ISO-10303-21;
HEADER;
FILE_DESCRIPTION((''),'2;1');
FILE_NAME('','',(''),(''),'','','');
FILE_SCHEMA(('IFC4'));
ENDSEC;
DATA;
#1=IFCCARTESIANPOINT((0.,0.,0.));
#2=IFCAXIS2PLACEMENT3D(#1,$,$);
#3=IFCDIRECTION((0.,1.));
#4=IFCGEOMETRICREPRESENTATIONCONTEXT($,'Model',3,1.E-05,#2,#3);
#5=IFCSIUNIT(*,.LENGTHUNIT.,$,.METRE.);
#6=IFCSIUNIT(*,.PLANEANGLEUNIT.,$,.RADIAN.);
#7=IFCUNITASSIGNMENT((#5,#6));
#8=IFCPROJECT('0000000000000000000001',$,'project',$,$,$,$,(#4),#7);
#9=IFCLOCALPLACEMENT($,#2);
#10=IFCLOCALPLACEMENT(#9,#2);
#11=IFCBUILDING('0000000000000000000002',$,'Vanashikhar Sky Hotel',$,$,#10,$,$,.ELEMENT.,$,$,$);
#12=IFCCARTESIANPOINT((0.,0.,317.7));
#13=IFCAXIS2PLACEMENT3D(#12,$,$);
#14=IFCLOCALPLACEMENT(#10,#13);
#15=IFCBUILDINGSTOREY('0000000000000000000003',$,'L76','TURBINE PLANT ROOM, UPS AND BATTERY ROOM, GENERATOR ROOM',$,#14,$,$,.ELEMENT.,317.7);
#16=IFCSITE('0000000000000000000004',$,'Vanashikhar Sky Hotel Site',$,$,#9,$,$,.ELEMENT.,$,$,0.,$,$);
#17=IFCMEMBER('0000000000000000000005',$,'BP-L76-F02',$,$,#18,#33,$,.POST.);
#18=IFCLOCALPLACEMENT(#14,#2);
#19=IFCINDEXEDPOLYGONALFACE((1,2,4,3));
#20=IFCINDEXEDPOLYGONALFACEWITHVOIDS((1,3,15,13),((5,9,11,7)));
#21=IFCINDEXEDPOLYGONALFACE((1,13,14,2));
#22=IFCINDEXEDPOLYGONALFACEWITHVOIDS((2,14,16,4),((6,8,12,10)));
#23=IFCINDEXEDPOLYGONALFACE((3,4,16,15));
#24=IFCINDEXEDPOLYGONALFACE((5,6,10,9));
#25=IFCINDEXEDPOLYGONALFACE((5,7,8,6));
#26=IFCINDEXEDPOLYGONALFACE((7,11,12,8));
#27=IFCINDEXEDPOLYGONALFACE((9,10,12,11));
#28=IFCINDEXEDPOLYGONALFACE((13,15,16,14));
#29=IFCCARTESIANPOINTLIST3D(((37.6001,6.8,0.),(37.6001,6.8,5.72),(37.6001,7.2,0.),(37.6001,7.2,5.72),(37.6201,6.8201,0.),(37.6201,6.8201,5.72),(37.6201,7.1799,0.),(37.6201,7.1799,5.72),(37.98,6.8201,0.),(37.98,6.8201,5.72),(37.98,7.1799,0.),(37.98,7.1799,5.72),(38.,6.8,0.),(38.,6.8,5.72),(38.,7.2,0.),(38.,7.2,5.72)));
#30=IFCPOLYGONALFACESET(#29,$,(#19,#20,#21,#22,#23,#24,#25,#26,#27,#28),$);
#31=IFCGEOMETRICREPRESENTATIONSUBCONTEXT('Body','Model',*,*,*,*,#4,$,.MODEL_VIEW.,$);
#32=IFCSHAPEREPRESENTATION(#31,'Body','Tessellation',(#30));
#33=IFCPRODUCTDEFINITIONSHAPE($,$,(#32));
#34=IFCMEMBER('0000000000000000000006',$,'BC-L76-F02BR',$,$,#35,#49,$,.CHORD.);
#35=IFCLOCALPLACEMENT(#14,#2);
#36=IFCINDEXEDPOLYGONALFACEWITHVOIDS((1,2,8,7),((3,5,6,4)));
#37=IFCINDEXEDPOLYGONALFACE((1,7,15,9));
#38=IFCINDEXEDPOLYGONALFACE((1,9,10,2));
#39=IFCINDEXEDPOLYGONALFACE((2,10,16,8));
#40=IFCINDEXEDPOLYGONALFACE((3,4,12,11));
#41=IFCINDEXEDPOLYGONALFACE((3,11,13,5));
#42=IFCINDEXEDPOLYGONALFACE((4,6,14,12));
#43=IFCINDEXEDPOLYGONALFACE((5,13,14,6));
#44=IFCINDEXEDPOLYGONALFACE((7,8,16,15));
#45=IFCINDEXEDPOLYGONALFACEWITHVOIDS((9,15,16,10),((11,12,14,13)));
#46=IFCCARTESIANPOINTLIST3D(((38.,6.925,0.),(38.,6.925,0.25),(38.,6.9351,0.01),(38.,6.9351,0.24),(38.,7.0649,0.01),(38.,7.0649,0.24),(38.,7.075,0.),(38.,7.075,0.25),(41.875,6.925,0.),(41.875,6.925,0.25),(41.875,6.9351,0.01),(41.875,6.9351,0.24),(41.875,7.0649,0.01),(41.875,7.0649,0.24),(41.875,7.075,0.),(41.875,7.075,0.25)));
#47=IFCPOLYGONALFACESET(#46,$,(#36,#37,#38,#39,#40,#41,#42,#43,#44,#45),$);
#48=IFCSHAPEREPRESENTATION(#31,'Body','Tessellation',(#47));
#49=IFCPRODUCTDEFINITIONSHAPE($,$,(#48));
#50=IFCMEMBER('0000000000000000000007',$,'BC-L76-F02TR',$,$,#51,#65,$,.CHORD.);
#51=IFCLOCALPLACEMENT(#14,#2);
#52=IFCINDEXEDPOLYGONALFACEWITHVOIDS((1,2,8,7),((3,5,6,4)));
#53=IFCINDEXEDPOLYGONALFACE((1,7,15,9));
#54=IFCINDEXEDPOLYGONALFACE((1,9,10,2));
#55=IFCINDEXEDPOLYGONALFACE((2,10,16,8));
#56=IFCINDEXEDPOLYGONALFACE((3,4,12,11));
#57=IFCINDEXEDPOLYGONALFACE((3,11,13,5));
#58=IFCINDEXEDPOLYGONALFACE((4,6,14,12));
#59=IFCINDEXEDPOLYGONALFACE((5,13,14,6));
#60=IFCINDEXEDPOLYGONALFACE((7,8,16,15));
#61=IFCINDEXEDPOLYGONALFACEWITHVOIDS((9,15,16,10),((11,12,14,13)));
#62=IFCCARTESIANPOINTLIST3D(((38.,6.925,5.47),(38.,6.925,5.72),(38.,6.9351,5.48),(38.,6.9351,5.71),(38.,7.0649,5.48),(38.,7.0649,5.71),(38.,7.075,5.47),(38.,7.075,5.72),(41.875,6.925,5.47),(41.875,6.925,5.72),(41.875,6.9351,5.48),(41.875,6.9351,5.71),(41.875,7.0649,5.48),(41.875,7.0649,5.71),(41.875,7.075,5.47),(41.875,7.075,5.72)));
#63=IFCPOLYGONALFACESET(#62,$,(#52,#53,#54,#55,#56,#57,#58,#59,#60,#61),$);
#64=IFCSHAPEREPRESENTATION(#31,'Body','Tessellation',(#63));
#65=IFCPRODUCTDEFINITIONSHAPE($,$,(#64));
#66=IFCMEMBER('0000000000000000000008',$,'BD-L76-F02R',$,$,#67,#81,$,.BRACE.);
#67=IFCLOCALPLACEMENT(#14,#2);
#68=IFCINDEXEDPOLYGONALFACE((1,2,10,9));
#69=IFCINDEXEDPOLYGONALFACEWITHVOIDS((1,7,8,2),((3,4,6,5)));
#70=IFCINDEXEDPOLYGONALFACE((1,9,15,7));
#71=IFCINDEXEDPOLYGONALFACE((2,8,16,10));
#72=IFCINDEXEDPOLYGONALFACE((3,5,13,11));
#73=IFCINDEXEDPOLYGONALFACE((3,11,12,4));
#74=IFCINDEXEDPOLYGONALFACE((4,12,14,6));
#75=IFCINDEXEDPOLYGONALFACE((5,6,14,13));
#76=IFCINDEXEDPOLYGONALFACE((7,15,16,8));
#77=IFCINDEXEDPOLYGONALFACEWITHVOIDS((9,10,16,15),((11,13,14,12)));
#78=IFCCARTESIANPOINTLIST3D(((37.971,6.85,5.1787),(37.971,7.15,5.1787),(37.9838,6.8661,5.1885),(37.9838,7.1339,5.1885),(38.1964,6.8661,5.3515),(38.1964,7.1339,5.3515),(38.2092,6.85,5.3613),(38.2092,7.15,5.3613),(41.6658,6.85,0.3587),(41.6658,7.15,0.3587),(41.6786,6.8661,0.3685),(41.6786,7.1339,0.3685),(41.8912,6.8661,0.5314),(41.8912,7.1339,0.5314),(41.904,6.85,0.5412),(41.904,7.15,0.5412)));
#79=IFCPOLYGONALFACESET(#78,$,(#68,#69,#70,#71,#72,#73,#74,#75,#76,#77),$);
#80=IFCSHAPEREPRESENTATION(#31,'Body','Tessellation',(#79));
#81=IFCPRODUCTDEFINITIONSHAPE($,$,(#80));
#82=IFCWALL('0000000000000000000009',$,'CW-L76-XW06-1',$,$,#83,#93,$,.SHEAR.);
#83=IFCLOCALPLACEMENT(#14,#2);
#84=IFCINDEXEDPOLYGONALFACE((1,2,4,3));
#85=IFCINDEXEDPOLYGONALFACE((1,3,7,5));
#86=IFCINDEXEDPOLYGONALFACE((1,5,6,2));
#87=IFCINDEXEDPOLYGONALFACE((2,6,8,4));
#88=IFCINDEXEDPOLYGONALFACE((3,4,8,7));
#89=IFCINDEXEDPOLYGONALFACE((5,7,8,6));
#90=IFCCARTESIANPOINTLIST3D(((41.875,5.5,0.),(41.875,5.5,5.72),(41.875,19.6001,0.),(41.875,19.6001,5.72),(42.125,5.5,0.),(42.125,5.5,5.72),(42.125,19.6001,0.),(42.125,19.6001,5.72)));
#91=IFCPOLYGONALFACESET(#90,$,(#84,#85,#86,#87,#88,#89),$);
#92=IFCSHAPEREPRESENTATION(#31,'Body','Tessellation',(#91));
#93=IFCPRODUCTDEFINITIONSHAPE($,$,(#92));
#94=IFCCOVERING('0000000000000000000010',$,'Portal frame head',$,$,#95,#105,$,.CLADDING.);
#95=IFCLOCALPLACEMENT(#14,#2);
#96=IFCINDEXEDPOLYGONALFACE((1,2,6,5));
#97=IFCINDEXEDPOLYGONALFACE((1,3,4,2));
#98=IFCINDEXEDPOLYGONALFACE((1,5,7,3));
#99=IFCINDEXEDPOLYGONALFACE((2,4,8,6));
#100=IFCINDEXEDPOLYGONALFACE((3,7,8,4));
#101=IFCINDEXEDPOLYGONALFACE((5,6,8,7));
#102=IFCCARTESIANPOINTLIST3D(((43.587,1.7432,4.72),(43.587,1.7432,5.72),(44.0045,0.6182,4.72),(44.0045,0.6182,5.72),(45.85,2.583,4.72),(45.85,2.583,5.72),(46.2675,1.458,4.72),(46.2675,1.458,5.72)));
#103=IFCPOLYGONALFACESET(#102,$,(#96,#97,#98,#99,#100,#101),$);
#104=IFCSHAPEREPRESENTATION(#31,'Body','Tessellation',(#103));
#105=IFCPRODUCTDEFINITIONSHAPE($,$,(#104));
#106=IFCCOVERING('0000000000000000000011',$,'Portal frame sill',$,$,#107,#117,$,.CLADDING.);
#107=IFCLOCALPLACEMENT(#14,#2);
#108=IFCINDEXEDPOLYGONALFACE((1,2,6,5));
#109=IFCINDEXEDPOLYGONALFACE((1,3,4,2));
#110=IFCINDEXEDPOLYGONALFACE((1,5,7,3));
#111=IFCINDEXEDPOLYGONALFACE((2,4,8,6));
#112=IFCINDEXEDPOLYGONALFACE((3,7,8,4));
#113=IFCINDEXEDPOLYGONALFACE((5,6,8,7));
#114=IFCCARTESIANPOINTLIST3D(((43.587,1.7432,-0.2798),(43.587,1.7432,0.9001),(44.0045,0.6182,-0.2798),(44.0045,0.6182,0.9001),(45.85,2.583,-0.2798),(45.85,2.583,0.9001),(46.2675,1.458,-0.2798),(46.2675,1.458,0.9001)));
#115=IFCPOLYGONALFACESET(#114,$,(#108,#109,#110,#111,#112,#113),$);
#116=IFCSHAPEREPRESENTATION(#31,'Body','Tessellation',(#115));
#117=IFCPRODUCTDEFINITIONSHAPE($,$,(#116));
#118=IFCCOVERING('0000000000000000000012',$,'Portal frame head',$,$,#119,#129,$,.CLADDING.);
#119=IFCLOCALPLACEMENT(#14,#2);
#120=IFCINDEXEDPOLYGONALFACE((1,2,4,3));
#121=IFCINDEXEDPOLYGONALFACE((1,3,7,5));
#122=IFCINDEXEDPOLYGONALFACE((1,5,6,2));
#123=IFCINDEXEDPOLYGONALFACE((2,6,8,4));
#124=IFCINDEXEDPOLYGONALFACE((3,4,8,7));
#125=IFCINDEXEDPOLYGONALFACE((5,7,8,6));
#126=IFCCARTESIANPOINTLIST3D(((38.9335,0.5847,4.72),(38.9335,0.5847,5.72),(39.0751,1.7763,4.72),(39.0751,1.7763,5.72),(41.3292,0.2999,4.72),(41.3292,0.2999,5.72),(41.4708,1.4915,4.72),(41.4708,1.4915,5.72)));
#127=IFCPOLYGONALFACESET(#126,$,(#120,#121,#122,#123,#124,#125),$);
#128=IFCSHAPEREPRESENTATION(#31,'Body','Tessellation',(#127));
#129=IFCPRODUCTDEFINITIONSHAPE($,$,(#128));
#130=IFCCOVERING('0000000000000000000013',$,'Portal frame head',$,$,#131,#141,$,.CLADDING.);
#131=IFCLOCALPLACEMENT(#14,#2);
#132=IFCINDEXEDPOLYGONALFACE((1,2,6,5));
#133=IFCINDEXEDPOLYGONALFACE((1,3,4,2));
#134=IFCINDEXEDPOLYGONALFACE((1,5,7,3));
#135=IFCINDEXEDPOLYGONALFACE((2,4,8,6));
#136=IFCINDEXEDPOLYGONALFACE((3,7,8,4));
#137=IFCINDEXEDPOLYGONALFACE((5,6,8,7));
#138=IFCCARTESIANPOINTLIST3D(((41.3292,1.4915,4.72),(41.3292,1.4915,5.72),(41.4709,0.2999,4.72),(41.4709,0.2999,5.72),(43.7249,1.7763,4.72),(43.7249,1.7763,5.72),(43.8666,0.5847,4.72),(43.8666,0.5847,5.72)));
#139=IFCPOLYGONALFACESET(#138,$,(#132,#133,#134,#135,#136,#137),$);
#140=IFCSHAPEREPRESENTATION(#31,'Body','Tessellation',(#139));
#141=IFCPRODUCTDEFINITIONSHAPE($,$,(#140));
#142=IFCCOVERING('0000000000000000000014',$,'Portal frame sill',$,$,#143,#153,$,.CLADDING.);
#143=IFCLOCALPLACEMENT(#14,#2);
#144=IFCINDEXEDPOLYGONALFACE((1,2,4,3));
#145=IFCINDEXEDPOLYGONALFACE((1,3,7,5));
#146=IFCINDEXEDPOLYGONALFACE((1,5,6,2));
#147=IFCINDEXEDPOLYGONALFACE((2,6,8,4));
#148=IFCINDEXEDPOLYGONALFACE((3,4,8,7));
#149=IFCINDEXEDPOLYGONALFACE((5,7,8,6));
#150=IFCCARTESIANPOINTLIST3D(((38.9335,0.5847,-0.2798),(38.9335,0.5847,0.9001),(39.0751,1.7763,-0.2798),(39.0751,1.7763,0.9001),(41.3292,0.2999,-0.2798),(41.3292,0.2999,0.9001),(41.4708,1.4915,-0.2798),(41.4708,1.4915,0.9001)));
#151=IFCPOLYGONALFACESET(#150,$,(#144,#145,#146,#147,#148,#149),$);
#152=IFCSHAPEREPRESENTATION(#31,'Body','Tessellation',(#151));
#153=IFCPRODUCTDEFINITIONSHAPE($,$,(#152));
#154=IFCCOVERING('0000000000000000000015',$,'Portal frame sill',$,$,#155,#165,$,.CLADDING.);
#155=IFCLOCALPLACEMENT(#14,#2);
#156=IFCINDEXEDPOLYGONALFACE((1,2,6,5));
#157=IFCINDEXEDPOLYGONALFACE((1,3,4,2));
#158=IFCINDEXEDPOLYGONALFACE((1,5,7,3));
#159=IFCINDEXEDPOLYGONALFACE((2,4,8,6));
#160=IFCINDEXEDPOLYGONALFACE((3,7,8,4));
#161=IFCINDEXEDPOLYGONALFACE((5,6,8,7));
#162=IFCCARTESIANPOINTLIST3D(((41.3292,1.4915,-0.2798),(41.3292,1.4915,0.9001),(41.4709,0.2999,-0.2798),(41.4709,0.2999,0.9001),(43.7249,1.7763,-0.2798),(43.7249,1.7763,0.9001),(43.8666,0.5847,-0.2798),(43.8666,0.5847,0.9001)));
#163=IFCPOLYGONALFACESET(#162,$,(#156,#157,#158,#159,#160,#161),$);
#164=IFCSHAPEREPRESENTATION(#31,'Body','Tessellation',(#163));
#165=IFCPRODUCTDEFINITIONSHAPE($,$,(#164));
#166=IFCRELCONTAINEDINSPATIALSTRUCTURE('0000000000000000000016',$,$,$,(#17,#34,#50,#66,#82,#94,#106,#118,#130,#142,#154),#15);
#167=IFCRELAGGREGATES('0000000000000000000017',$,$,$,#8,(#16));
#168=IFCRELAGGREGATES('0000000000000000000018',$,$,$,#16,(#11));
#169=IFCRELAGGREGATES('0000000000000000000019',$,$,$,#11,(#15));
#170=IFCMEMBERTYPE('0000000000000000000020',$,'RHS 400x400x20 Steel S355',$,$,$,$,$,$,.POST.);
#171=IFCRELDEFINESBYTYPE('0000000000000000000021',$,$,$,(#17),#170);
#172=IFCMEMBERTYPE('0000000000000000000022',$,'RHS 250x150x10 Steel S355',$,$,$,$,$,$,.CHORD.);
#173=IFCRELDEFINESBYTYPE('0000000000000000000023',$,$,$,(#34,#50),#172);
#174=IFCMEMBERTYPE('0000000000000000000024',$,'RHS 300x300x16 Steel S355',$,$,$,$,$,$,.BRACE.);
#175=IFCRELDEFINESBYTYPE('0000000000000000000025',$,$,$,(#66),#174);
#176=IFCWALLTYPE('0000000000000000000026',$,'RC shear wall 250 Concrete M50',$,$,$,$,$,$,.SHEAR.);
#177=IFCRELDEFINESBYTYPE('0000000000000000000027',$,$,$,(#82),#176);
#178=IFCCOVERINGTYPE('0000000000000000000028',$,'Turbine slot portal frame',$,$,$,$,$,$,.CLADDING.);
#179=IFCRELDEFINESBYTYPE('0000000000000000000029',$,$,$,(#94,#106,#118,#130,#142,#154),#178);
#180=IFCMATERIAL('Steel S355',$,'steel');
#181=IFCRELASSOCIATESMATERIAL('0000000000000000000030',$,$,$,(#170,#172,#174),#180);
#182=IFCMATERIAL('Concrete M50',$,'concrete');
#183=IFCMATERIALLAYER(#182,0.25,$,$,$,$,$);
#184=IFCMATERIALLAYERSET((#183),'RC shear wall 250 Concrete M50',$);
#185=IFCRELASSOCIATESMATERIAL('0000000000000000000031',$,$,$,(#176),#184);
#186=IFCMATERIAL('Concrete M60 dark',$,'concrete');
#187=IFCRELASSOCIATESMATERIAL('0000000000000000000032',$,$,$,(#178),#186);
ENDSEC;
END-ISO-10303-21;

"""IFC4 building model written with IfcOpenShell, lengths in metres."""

from ifc_helpers import new_model, si_unit, direction, frame, frame_2d, origin, origin_2d, place, context, subcontext, project, spatial, rectangle, hollow_rectangle, extrude, source, transform, mapped, material, layer, layer_set, material_profile, profile_set, type_object, element, save


model = new_model("IFC4")

# Units and contexts
model_context = context("Model", 3, precision=1e-05, world=origin(), true_north=direction((0.0, 1.0)))
body_context = subcontext(model_context, "Body", "Model", "MODEL_VIEW")
ifc_project = project(units=[si_unit("LENGTHUNIT", "METRE"), si_unit("PLANEANGLEUNIT", "RADIAN")], contexts=[model_context])

# Site, building, storey
site_placement = place(None, origin())
site = spatial("IfcSite", under=ifc_project, at=site_placement, Name="Vanashikhar Sky Hotel Site", CompositionType="ELEMENT", RefElevation=0.0)
building_placement = place(site_placement, origin())
building = spatial("IfcBuilding", under=site, at=building_placement, Name="Vanashikhar Sky Hotel", CompositionType="ELEMENT")
storey_placement = place(building_placement, frame((0.0, 0.0, 317.7)))
storey = spatial("IfcBuildingStorey", under=building, at=storey_placement, Name="L76", Description="TURBINE PLANT ROOM, UPS AND BATTERY ROOM, GENERATOR ROOM", CompositionType="ELEMENT", Elevation=317.7)

# Members
ifc_material_1 = material(Name="Steel S355", Category="steel")
ifc_material_profile_1 = material_profile(ifc_material_1, hollow_rectangle(XDim=0.3999, YDim=0.3999, WallThickness=0.02, at=origin_2d()))
ifc_profile_set_1 = profile_set([ifc_material_profile_1], Name="RHS 400x400x20 Steel S355")
member_type_1 = type_object("IfcMemberType", Name="RHS 400x400x20 Steel S355", PredefinedType="POST", material=ifc_profile_set_1)
shared_shape_1 = source(origin(), body_context, "Body", "SweptSolid", [
    extrude(hollow_rectangle(XDim=0.3999, YDim=0.3999, WallThickness=0.02, at=origin_2d()), origin(), (0.0, 0.0, 1.0), 5.72),
])
member_1_placement = place(storey_placement, frame((37.8, 7.0, 0.0), z_axis=(0.0, 0.0, 1.0), x_axis=(1.0, 0.0, 0.0)))
element("IfcMember", 1, at=member_1_placement, inside=storey, type_object=member_type_1, Name="BP-L76-F02", PredefinedType="POST", context=body_context, shape_type="MappedRepresentation", body=[
    mapped(shared_shape_1, transform((0.0, 0.0, 0.0), scale=1.0)),
])
ifc_material_profile_2 = material_profile(ifc_material_1, hollow_rectangle(XDim=0.1499, YDim=0.25, WallThickness=0.01, at=origin_2d()))
ifc_profile_set_2 = profile_set([ifc_material_profile_2], Name="RHS 250x150x10 Steel S355")
member_type_2 = type_object("IfcMemberType", Name="RHS 250x150x10 Steel S355", PredefinedType="CHORD", material=ifc_profile_set_2)
shared_shape_2 = source(origin(), body_context, "Body", "SweptSolid", [
    extrude(hollow_rectangle(XDim=0.1499, YDim=0.25, WallThickness=0.01, at=origin_2d()), origin(), (0.0, 0.0, 1.0), 3.875),
])
for number, where, z_axis, x_axis, name in (
    (2, (38.0, 7.0, 0.125), (1.0, 0.0, 0.0), (0.0, 1.0, 0.0), "BC-L76-F02BR"),
    (3, (38.0, 7.0, 5.595), (1.0, 0.0, 0.0), (0.0, 1.0, 0.0), "BC-L76-F02TR"),
):
    element("IfcMember", number, at=place(storey_placement, frame(where, z_axis=z_axis, x_axis=x_axis)), inside=storey, type_object=member_type_2, Name=name, PredefinedType="CHORD", context=body_context, shape_type="MappedRepresentation", body=[
        mapped(shared_shape_2, transform((0.0, 0.0, 0.0), scale=1.0)),
    ])
ifc_material_profile_3 = material_profile(ifc_material_1, hollow_rectangle(XDim=0.3, YDim=0.3, WallThickness=0.0161, at=origin_2d()))
ifc_profile_set_3 = profile_set([ifc_material_profile_3], Name="RHS 300x300x16 Steel S355")
member_type_3 = type_object("IfcMemberType", Name="RHS 300x300x16 Steel S355", PredefinedType="BRACE", material=ifc_profile_set_3)
shared_shape_3 = source(origin(), body_context, "Body", "SweptSolid", [
    extrude(hollow_rectangle(XDim=0.3, YDim=0.3, WallThickness=0.0161, at=origin_2d()), origin(), (0.0, 0.0, 1.0), 6.0732),
])
member_2_placement = place(storey_placement, frame((41.7849, 7.0, 0.45), z_axis=(-0.608373, 0.0, 0.793651), x_axis=(0.0, -1.0, 0.0)))
element("IfcMember", 4, at=member_2_placement, inside=storey, type_object=member_type_3, Name="BD-L76-F02R", PredefinedType="BRACE", context=body_context, shape_type="MappedRepresentation", body=[
    mapped(shared_shape_3, transform((0.0, 0.0, 0.0), scale=1.0)),
])

# Wall
ifc_material_2 = material(Name="Concrete M50", Category="concrete")
ifc_layer_1 = layer(ifc_material_2, 0.25)
ifc_layer_set_1 = layer_set([ifc_layer_1], Name="RC shear wall 250 Concrete M50")
wall_type = type_object("IfcWallType", Name="RC shear wall 250 Concrete M50", PredefinedType="SHEAR", material=ifc_layer_set_1)
shared_shape_4 = source(origin(), body_context, "Body", "SweptSolid", [
    extrude(rectangle(XDim=14.1001, YDim=0.25, at=frame_2d((7.05, 0.0))), origin(), (0.0, 0.0, 1.0), 5.72),
])
wall_placement = place(storey_placement, frame((42.0, 5.5, 0.0), z_axis=(0.0, 0.0, 1.0), x_axis=(0.0, 1.0, 0.0)))
element("IfcWall", 5, at=wall_placement, inside=storey, type_object=wall_type, Name="CW-L76-XW06-1", PredefinedType="SHEAR", context=body_context, shape_type="MappedRepresentation", body=[
    mapped(shared_shape_4, transform((0.0, 0.0, 0.0), scale=1.0)),
])

# Coverings
ifc_material_3 = material(Name="Concrete M60 dark", Category="concrete")
covering_type_1 = type_object("IfcCoveringType", Name="Turbine slot portal frame", PredefinedType="CLADDING", material=ifc_material_3)
shared_shape_5 = source(origin(), body_context, "Body", "SweptSolid", [
    extrude(rectangle(XDim=2.4138, YDim=1.2, at=origin_2d()), origin(), (0.0, 0.0, 1.0), 1.0),
])
covering_1_placement = place(storey_placement, frame((44.9272, 1.6006, 4.72), z_axis=(0.0, 0.0, 1.0), x_axis=(0.937531, 0.347901, 0.0)))
element("IfcCovering", 6, at=covering_1_placement, inside=storey, type_object=covering_type_1, Name="Portal frame head", PredefinedType="CLADDING", context=body_context, shape_type="MappedRepresentation", body=[
    mapped(shared_shape_5, transform((0.0, 0.0, 0.0), scale=1.0)),
])
shared_shape_6 = source(origin(), body_context, "Body", "SweptSolid", [
    extrude(rectangle(XDim=2.4138, YDim=1.2, at=origin_2d()), origin(), (0.0, 0.0, 1.0), 1.1799),
])
covering_2_placement = place(storey_placement, frame((44.9272, 1.6006, -0.2798), z_axis=(0.0, 0.0, 1.0), x_axis=(0.937531, 0.347901, 0.0)))
element("IfcCovering", 7, at=covering_2_placement, inside=storey, type_object=covering_type_1, Name="Portal frame sill", PredefinedType="CLADDING", context=body_context, shape_type="MappedRepresentation", body=[
    mapped(shared_shape_6, transform((0.0, 0.0, 0.0), scale=1.0)),
])
shared_shape_7 = source(origin(), body_context, "Body", "SweptSolid", [
    extrude(rectangle(XDim=2.4126, YDim=1.2, at=origin_2d()), origin(), (0.0, 0.0, 1.0), 1.0),
])
for number, where, z_axis, x_axis, name in (
    (8, (40.2021, 1.0381, 4.72), (0.0, 0.0, 1.0), (0.993009, -0.11804, 0.0), "Portal frame head"),
    (9, (42.5979, 1.0381, 4.72), (0.0, 0.0, 1.0), (0.993009, 0.11804, 0.0), "Portal frame head"),
):
    element("IfcCovering", number, at=place(storey_placement, frame(where, z_axis=z_axis, x_axis=x_axis)), inside=storey, type_object=covering_type_1, Name=name, PredefinedType="CLADDING", context=body_context, shape_type="MappedRepresentation", body=[
        mapped(shared_shape_7, transform((0.0, 0.0, 0.0), scale=1.0)),
    ])
shared_shape_8 = source(origin(), body_context, "Body", "SweptSolid", [
    extrude(rectangle(XDim=2.4126, YDim=1.2, at=origin_2d()), origin(), (0.0, 0.0, 1.0), 1.1799),
])
for number, where, z_axis, x_axis, name in (
    (10, (40.2021, 1.0381, -0.2798), (0.0, 0.0, 1.0), (0.993009, -0.11804, 0.0), "Portal frame sill"),
    (11, (42.5979, 1.0381, -0.2798), (0.0, 0.0, 1.0), (0.993009, 0.11804, 0.0), "Portal frame sill"),
):
    element("IfcCovering", number, at=place(storey_placement, frame(where, z_axis=z_axis, x_axis=x_axis)), inside=storey, type_object=covering_type_1, Name=name, PredefinedType="CLADDING", context=body_context, shape_type="MappedRepresentation", body=[
        mapped(shared_shape_8, transform((0.0, 0.0, 0.0), scale=1.0)),
    ])

save(model, "model.ifc")
